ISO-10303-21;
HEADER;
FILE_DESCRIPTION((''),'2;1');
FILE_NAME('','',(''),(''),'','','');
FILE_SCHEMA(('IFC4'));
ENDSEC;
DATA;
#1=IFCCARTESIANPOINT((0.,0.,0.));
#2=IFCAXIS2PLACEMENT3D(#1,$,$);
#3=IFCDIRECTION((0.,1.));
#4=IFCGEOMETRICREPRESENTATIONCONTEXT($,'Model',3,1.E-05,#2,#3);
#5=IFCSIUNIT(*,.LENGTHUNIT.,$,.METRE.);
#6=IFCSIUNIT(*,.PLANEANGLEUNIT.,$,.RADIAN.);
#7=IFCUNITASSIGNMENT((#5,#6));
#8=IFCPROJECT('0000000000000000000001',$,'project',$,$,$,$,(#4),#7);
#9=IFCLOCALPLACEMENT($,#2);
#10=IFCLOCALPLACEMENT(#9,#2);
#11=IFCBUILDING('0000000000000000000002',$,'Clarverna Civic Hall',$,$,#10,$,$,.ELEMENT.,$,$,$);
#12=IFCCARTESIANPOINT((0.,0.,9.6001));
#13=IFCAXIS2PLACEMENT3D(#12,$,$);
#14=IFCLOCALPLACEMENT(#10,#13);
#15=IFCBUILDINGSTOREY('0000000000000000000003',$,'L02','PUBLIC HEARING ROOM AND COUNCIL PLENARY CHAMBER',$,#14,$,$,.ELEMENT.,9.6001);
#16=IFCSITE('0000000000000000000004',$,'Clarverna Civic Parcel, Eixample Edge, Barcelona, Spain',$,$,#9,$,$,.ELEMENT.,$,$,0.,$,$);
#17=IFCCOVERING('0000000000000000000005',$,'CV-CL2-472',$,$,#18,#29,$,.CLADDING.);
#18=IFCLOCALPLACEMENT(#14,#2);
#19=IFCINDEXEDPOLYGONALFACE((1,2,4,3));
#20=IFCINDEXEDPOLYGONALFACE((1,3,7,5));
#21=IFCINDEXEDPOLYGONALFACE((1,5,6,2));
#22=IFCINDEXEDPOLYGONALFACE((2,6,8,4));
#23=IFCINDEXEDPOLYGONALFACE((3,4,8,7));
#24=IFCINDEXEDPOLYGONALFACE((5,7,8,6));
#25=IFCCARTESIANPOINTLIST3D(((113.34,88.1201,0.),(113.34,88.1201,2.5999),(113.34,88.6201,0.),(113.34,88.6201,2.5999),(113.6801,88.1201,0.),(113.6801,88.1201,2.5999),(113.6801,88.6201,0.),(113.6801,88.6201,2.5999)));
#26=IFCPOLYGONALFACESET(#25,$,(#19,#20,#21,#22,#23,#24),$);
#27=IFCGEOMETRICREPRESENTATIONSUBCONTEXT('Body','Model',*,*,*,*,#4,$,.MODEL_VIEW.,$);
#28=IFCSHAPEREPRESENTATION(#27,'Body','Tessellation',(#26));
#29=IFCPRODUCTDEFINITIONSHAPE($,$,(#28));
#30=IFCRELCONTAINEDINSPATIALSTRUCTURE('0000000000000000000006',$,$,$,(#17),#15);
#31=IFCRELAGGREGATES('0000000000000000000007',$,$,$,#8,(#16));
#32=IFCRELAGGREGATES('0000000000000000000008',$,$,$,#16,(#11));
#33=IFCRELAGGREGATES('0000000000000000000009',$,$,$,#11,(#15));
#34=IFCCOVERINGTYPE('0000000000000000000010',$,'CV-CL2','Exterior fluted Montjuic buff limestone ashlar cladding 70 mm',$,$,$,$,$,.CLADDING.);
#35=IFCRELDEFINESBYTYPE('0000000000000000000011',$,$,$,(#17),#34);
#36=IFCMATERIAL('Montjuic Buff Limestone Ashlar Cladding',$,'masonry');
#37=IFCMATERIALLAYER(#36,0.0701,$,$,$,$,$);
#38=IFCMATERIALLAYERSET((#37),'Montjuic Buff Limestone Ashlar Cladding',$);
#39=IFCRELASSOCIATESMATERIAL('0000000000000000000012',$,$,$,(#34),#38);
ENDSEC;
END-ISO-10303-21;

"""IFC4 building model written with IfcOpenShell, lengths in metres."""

from ifc_helpers import new_model, si_unit, direction, frame, frame_2d, origin, place, context, subcontext, project, spatial, rectangle, extrude, material, layer, layer_set, type_object, element, save


model = new_model("IFC4")

# Units and contexts
model_context = context("Model", 3, precision=1e-05, world=origin(), true_north=direction((0.0, 1.0)))
body_context = subcontext(model_context, "Body", "Model", "MODEL_VIEW")
ifc_project = project(units=[si_unit("LENGTHUNIT", "METRE"), si_unit("PLANEANGLEUNIT", "RADIAN")], contexts=[model_context])

# Site, building, storey
site_placement = place(None, origin())
site = spatial("IfcSite", under=ifc_project, at=site_placement, Name="Clarverna Civic Parcel, Eixample Edge, Barcelona, Spain", CompositionType="ELEMENT", RefElevation=0.0)
building_placement = place(site_placement, origin())
building = spatial("IfcBuilding", under=site, at=building_placement, Name="Clarverna Civic Hall", CompositionType="ELEMENT")
storey_placement = place(building_placement, frame((0.0, 0.0, 9.6001)))
storey = spatial("IfcBuildingStorey", under=building, at=storey_placement, Name="L02", Description="PUBLIC HEARING ROOM AND COUNCIL PLENARY CHAMBER", CompositionType="ELEMENT", Elevation=9.6001)

# Covering
ifc_material_1 = material(Name="Montjuic Buff Limestone Ashlar Cladding", Category="masonry")
ifc_layer_1 = layer(ifc_material_1, 0.0701)
ifc_layer_set_1 = layer_set([ifc_layer_1], Name="Montjuic Buff Limestone Ashlar Cladding")
covering_type = type_object("IfcCoveringType", Name="CV-CL2", Description="Exterior fluted Montjuic buff limestone ashlar cladding 70 mm", PredefinedType="CLADDING", material=ifc_layer_set_1)
for number, where, z_axis, x_axis, name in (
    (1, (113.51, 88.6201, 0.0), (0.0, 0.0, 1.0), (0.0, -1.0, 0.0), "CV-CL2-472"),
):
    element("IfcCovering", number, at=place(storey_placement, frame(where, z_axis=z_axis, x_axis=x_axis)), inside=storey, type_object=covering_type, Name=name, PredefinedType="CLADDING", context=body_context, shape_type="SweptSolid", body=[
        extrude(rectangle(XDim=0.5, YDim=0.3401, at=frame_2d((0.25, 0.0))), origin(), (0.0, 0.0, 1.0), 2.5999),
    ])

save(model, "model.ifc")
